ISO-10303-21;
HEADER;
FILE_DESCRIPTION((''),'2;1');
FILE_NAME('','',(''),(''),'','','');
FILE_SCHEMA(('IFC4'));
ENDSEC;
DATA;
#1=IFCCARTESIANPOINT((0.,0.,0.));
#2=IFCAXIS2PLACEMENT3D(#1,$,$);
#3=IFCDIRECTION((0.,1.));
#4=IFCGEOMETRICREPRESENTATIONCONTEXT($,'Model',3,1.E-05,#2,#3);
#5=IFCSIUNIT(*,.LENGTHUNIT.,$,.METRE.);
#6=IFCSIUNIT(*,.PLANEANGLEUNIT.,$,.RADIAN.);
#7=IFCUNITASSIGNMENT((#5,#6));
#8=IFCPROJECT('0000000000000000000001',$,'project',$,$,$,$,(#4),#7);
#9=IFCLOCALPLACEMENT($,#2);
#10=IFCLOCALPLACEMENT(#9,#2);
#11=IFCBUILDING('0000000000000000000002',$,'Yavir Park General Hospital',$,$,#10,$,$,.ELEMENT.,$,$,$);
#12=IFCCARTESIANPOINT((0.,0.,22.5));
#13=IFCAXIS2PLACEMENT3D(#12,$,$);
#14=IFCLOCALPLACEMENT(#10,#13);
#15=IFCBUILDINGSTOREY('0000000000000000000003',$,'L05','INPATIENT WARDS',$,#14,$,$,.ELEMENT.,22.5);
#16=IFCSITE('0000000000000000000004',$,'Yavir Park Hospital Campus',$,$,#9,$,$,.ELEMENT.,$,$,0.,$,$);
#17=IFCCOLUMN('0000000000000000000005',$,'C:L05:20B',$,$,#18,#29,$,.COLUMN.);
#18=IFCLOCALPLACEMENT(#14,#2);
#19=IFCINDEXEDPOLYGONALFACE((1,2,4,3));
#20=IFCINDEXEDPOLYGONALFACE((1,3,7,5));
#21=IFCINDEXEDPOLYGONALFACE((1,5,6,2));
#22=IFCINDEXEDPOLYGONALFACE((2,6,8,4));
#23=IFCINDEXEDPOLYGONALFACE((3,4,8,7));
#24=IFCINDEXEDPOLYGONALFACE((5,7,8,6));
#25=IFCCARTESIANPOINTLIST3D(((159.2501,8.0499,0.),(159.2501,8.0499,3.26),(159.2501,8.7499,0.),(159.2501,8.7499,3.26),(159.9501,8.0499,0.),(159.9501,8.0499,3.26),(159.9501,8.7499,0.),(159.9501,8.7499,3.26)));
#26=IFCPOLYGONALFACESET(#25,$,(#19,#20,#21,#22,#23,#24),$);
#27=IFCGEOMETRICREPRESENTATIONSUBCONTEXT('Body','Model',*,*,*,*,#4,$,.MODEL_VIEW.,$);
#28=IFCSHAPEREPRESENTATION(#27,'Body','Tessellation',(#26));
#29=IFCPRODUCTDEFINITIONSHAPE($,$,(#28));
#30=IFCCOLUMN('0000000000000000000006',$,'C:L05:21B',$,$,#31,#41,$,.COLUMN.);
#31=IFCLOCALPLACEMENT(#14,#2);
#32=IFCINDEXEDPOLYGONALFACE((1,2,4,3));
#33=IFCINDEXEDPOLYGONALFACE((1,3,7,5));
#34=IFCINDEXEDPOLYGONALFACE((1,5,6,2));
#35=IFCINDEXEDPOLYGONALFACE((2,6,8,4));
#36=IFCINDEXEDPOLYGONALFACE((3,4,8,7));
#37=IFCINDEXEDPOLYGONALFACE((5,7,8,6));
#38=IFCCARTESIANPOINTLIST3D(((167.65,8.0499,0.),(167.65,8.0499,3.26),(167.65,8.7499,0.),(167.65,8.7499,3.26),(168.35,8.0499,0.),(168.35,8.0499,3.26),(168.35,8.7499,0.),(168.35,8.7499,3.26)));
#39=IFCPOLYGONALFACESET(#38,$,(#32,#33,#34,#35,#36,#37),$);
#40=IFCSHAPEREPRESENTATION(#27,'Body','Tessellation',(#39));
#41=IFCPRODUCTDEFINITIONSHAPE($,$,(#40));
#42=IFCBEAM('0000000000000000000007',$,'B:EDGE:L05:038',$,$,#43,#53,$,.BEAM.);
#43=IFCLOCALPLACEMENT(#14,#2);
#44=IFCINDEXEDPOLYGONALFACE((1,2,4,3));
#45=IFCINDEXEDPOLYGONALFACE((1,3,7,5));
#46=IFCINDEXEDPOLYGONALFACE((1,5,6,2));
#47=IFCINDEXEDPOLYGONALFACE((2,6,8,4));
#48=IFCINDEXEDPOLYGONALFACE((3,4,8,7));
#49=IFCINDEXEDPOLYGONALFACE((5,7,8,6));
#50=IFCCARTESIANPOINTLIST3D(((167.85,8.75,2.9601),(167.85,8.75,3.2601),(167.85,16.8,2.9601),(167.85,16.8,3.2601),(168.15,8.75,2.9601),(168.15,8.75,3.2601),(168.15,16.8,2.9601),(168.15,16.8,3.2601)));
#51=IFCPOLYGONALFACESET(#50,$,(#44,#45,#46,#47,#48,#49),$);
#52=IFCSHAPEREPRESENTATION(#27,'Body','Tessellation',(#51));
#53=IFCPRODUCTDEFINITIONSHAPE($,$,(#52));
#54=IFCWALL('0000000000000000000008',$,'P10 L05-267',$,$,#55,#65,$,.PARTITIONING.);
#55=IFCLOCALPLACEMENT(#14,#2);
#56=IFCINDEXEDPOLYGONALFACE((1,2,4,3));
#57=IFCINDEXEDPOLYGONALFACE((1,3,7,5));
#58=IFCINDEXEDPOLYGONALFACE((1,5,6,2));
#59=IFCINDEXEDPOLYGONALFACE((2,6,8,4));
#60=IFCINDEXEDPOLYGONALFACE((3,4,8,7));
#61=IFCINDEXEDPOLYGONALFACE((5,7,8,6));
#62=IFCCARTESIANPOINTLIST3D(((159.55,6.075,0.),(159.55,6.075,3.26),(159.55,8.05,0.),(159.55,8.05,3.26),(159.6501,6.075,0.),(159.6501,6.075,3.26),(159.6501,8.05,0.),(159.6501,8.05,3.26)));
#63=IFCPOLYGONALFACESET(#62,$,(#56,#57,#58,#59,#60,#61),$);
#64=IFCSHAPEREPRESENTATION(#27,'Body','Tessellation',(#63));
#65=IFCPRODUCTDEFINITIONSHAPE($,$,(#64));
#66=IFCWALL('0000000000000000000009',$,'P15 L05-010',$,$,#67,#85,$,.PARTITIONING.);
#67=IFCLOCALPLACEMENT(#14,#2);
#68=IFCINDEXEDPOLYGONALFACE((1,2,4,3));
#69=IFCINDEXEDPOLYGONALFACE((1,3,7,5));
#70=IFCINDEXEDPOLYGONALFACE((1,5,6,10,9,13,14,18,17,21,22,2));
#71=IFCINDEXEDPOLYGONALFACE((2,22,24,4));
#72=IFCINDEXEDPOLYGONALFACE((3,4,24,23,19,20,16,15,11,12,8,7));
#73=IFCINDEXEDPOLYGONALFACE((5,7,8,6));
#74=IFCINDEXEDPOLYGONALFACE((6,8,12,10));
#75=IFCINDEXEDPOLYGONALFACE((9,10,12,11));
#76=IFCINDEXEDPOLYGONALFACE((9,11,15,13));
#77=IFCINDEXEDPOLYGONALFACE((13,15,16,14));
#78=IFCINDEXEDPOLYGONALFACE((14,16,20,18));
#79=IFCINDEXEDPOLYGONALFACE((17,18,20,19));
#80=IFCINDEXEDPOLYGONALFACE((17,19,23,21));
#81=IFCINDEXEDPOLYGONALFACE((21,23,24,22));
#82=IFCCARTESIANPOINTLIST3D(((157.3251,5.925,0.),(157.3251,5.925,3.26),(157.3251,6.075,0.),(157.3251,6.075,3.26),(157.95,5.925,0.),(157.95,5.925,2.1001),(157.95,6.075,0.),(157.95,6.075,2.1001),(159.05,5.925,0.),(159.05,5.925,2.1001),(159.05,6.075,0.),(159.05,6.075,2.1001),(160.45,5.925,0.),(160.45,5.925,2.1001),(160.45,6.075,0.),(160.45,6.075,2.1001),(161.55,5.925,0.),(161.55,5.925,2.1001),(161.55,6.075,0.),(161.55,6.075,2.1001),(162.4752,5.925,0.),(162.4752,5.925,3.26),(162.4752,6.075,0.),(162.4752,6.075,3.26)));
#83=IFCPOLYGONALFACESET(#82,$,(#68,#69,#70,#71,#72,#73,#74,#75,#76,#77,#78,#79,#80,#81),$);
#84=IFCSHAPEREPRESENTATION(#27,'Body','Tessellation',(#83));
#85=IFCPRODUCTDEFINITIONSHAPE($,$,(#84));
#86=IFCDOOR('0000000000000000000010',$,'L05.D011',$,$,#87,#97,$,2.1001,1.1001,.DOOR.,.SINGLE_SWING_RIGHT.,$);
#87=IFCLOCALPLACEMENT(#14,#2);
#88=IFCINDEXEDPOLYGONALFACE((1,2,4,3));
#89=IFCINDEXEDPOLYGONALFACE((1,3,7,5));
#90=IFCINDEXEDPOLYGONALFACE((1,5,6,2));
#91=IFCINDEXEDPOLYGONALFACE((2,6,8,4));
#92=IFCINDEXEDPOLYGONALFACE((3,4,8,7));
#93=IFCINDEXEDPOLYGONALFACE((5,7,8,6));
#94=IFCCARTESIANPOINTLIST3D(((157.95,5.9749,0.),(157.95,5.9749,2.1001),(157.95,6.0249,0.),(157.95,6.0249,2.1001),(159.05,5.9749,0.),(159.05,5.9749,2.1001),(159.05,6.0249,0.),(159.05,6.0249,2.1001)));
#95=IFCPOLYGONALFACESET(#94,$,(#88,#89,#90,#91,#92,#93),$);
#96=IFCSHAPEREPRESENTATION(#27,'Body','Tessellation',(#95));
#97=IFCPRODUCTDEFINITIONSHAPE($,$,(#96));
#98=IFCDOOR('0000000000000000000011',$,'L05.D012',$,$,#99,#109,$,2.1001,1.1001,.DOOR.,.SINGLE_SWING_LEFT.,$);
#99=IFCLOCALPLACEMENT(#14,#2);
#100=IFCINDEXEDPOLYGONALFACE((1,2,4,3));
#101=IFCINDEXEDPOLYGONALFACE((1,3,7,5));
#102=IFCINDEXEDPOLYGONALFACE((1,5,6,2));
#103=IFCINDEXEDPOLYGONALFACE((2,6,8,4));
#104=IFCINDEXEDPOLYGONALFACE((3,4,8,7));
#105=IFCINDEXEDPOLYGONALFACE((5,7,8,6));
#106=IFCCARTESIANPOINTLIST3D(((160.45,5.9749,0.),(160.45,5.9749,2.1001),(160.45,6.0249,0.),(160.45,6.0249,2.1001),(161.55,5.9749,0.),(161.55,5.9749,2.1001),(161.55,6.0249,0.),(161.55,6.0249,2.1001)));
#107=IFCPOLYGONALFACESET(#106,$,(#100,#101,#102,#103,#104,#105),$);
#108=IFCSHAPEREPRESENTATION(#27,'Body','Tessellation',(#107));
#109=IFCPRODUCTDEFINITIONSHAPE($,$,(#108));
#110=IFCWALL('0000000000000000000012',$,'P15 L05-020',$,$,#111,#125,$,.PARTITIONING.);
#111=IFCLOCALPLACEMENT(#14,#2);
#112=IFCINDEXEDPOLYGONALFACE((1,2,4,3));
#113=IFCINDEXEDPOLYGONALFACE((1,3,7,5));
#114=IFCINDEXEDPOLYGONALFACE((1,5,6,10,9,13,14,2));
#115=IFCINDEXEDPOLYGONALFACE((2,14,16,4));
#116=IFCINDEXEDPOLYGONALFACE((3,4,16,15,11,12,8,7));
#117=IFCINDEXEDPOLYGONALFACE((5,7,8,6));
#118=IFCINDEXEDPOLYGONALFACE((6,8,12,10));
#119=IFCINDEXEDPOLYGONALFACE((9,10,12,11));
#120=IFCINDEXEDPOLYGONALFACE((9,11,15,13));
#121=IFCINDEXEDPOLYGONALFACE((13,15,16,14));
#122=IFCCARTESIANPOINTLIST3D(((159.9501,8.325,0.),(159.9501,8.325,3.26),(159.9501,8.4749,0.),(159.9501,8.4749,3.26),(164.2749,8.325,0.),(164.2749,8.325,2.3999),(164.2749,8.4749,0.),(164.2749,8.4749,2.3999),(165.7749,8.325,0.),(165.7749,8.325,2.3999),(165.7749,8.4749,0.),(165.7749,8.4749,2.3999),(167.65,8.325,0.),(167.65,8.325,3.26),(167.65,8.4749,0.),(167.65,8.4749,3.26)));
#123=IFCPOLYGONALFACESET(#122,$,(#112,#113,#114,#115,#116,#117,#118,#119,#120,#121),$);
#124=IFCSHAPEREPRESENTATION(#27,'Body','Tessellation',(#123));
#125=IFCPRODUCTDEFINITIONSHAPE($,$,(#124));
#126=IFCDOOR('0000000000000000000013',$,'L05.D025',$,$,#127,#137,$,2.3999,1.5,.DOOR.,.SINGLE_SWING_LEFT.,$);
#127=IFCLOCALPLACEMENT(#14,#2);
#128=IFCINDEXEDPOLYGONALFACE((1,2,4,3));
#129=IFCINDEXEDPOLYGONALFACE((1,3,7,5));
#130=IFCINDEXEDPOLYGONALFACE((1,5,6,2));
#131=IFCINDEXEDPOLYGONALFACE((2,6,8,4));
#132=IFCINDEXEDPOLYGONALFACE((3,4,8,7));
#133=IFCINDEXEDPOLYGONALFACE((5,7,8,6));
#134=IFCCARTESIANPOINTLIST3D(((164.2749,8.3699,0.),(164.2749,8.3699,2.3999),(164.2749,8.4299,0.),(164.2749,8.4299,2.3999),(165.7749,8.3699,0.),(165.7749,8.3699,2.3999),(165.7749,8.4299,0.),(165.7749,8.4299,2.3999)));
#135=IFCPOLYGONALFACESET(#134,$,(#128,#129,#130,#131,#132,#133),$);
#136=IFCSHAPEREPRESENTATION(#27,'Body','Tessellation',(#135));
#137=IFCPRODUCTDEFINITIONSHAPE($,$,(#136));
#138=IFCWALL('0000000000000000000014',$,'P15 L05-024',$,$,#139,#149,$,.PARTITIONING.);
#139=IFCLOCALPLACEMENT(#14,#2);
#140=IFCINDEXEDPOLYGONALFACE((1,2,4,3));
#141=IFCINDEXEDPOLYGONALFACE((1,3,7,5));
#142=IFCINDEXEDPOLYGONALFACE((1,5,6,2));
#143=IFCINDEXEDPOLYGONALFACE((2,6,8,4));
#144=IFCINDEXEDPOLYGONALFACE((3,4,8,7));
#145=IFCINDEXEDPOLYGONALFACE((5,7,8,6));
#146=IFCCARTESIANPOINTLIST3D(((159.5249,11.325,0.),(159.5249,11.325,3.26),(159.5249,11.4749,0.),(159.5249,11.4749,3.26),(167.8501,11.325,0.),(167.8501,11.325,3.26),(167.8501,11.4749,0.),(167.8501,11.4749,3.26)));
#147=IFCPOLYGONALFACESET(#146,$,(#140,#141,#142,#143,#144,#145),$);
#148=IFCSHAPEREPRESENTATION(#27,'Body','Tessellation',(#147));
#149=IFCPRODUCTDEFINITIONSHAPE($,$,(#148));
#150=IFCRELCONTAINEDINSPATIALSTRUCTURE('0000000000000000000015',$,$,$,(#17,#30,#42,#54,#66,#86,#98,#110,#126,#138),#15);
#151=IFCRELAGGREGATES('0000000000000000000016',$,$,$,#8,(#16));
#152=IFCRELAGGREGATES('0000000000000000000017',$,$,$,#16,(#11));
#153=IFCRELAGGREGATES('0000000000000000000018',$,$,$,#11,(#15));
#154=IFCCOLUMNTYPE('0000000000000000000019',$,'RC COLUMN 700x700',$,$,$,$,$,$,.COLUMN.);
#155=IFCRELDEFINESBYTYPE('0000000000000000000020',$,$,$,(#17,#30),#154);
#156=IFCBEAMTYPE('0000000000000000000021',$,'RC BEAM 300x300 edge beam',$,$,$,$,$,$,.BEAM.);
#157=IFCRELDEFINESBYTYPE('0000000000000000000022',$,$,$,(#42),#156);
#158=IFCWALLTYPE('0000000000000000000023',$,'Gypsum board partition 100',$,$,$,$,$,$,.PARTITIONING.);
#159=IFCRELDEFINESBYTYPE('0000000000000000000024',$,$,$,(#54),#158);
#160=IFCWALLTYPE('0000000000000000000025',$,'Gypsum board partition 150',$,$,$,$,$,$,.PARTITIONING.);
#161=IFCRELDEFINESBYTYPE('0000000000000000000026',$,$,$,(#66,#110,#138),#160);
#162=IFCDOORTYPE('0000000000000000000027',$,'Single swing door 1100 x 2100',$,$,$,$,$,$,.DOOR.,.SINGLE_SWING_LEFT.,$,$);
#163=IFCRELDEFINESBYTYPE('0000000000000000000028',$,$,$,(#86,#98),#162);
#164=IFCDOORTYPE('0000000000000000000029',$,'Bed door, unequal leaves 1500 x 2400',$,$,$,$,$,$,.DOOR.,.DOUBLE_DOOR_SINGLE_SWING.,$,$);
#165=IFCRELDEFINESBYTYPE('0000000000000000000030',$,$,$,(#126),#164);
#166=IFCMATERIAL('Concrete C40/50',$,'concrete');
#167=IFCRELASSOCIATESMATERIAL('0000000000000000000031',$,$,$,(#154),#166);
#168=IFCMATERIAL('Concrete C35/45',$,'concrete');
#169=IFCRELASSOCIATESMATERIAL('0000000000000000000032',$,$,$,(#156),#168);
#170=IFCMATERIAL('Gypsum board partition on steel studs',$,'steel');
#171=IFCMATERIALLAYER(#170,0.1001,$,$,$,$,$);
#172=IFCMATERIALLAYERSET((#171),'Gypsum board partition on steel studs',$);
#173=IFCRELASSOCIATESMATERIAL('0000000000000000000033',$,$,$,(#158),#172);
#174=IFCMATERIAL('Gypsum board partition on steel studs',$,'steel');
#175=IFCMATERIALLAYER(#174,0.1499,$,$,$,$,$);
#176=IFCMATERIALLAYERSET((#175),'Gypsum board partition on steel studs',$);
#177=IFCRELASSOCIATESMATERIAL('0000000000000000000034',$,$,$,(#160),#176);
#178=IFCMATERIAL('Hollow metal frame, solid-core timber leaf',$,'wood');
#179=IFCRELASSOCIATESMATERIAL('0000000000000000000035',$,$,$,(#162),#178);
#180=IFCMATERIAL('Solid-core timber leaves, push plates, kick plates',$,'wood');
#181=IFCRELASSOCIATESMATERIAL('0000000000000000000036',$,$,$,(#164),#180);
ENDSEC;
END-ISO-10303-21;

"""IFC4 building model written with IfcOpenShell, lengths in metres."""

from ifc_helpers import new_model, si_unit, direction, frame, frame_2d, origin, origin_2d, place, context, subcontext, project, spatial, rectangle, extrude, material, layer, layer_set, material_profile, profile_set, type_object, element, fill, save


model = new_model("IFC4")

# Units and contexts
model_context = context("Model", 3, precision=1e-05, world=origin(), true_north=direction((0.0, 1.0)))
body_context = subcontext(model_context, "Body", "Model", "MODEL_VIEW")
ifc_project = project(units=[si_unit("LENGTHUNIT", "METRE"), si_unit("PLANEANGLEUNIT", "RADIAN")], contexts=[model_context])

# Site, building, storey
site_placement = place(None, origin())
site = spatial("IfcSite", under=ifc_project, at=site_placement, Name="Yavir Park Hospital Campus", CompositionType="ELEMENT", RefElevation=0.0)
building_placement = place(site_placement, origin())
building = spatial("IfcBuilding", under=site, at=building_placement, Name="Yavir Park General Hospital", CompositionType="ELEMENT")
storey_placement = place(building_placement, frame((0.0, 0.0, 22.5)))
storey = spatial("IfcBuildingStorey", under=building, at=storey_placement, Name="L05", Description="INPATIENT WARDS", CompositionType="ELEMENT", Elevation=22.5)

# Columns
ifc_material_1 = material(Name="Concrete C40/50", Category="concrete")
ifc_material_profile_1 = material_profile(ifc_material_1, rectangle(XDim=0.7, YDim=0.7, at=origin_2d()), Name="RC700x700")
ifc_profile_set_1 = profile_set([ifc_material_profile_1], Name="Concrete C40/50")
column_type = type_object("IfcColumnType", Name="RC COLUMN 700x700", PredefinedType="COLUMN", material=ifc_profile_set_1)
for number, where, z_axis, x_axis, name in (
    (1, (159.6001, 8.3999, 0.0), (0.0, 0.0, 1.0), (1.0, 0.0, 0.0), "C:L05:20B"),
    (2, (168.0, 8.3999, 0.0), (0.0, 0.0, 1.0), (1.0, 0.0, 0.0), "C:L05:21B"),
):
    element("IfcColumn", number, at=place(storey_placement, frame(where, z_axis=z_axis, x_axis=x_axis)), inside=storey, type_object=column_type, Name=name, PredefinedType="COLUMN", context=body_context, shape_type="SweptSolid", body=[
        extrude(rectangle(XDim=0.7, YDim=0.7, at=origin_2d()), origin(), (0.0, 0.0, 1.0), 3.26),
    ])

# Beam
ifc_material_2 = material(Name="Concrete C35/45", Category="concrete")
ifc_material_profile_2 = material_profile(ifc_material_2, rectangle(XDim=0.3, YDim=0.3, at=origin_2d()), Name="RC300x300")
ifc_profile_set_2 = profile_set([ifc_material_profile_2], Name="Concrete C35/45")
beam_type = type_object("IfcBeamType", Name="RC BEAM 300x300 edge beam", PredefinedType="BEAM", material=ifc_profile_set_2)
beam_placement = place(storey_placement, frame((168.0, 8.75, 3.1101), z_axis=(0.0, 1.0, 0.0), x_axis=(-1.0, 0.0, 0.0)))
element("IfcBeam", 3, at=beam_placement, inside=storey, type_object=beam_type, Name="B:EDGE:L05:038", PredefinedType="BEAM", context=body_context, shape_type="SweptSolid", body=[
    extrude(rectangle(XDim=0.3, YDim=0.3, at=origin_2d()), origin(), (0.0, 0.0, 1.0), 8.05),
])

# Wall
ifc_material_3 = material(Name="Gypsum board partition on steel studs", Category="steel")
ifc_layer_1 = layer(ifc_material_3, 0.1001)
ifc_layer_set_1 = layer_set([ifc_layer_1], Name="Gypsum board partition on steel studs")
wall_type_1 = type_object("IfcWallType", Name="Gypsum board partition 100", PredefinedType="PARTITIONING", material=ifc_layer_set_1)
wall_1_placement = place(storey_placement, frame((159.6001, 6.075, 0.0), z_axis=(0.0, 0.0, 1.0), x_axis=(0.0, 1.0, 0.0)))
element("IfcWall", 4, at=wall_1_placement, inside=storey, type_object=wall_type_1, Name="P10 L05-267", PredefinedType="PARTITIONING", context=body_context, shape_type="SweptSolid", body=[
    extrude(rectangle(XDim=1.9751, YDim=0.1001, at=frame_2d((0.9875, 0.0))), origin(), (0.0, 0.0, 1.0), 3.26),
])

# Wall, openings, doors
ifc_material_4 = material(Name="Gypsum board partition on steel studs", Category="steel")
ifc_layer_2 = layer(ifc_material_4, 0.1499)
ifc_layer_set_2 = layer_set([ifc_layer_2], Name="Gypsum board partition on steel studs")
wall_type_2 = type_object("IfcWallType", Name="Gypsum board partition 150", PredefinedType="PARTITIONING", material=ifc_layer_set_2)
wall_2_placement = place(storey_placement, frame((157.325, 6.0, 0.0), z_axis=(0.0, 0.0, 1.0), x_axis=(1.0, 0.0, 0.0)))
wall_2 = element("IfcWall", 5, at=wall_2_placement, inside=storey, type_object=wall_type_2, Name="P15 L05-010", PredefinedType="PARTITIONING", context=body_context, shape_type="SweptSolid", body=[
    extrude(rectangle(XDim=5.1501, YDim=0.1499, at=frame_2d((2.5752, 0.0))), origin(), (0.0, 0.0, 1.0), 3.26),
])
opening_1_placement = place(wall_2_placement, frame((0.625, 0.0, 0.0)))
opening_1 = element("IfcOpeningElement", 6, at=opening_1_placement, cuts=wall_2, PredefinedType="OPENING", context=body_context, shape_type="SweptSolid", body=[
    extrude(rectangle(XDim=1.1001, YDim=2.1001, at=frame_2d((0.55, 1.05))), frame((0.0, 0.085, 0.0), z_axis=(0.0, -1.0, 0.0), x_axis=(1.0, 0.0, 0.0)), (0.0, 0.0, 1.0), 0.1699),
])
opening_2_placement = place(wall_2_placement, frame((3.125, 0.0, 0.0)))
opening_2 = element("IfcOpeningElement", 7, at=opening_2_placement, cuts=wall_2, PredefinedType="OPENING", context=body_context, shape_type="SweptSolid", body=[
    extrude(rectangle(XDim=1.1001, YDim=2.1001, at=frame_2d((0.55, 1.05))), frame((0.0, 0.085, 0.0), z_axis=(0.0, -1.0, 0.0), x_axis=(1.0, 0.0, 0.0)), (0.0, 0.0, 1.0), 0.1699),
])
ifc_material_5 = material(Name="Hollow metal frame, solid-core timber leaf", Category="wood")
door_type_1 = type_object("IfcDoorType", Name="Single swing door 1100 x 2100", OperationType="SINGLE_SWING_LEFT", PredefinedType="DOOR", material=ifc_material_5)
door_1_placement = place(opening_1_placement, origin())
door_1 = element("IfcDoor", 8, at=door_1_placement, inside=storey, type_object=door_type_1, Name="L05.D011", OperationType="SINGLE_SWING_RIGHT", OverallHeight=2.1001, OverallWidth=1.1001, PredefinedType="DOOR", context=body_context, shape_type="SweptSolid", body=[
    extrude(rectangle(XDim=1.1001, YDim=2.1001, at=frame_2d((0.55, 1.05))), frame((0.0, 0.0249, 0.0), z_axis=(0.0, -1.0, 0.0), x_axis=(1.0, 0.0, 0.0)), (0.0, 0.0, 1.0), 0.05),
])
fill(opening_1, door_1)
door_2_placement = place(opening_2_placement, origin())
door_2 = element("IfcDoor", 9, at=door_2_placement, inside=storey, type_object=door_type_1, Name="L05.D012", OperationType="SINGLE_SWING_LEFT", OverallHeight=2.1001, OverallWidth=1.1001, PredefinedType="DOOR", context=body_context, shape_type="SweptSolid", body=[
    extrude(rectangle(XDim=1.1001, YDim=2.1001, at=frame_2d((0.55, 1.05))), frame((0.0, 0.0249, 0.0), z_axis=(0.0, -1.0, 0.0), x_axis=(1.0, 0.0, 0.0)), (0.0, 0.0, 1.0), 0.05),
])
fill(opening_2, door_2)

# Wall, opening, door
ifc_material_6 = material(Name="Solid-core timber leaves, push plates, kick plates", Category="wood")
door_type_2 = type_object("IfcDoorType", Name="Bed door, unequal leaves 1500 x 2400", OperationType="DOUBLE_DOOR_SINGLE_SWING", PredefinedType="DOOR", material=ifc_material_6)
wall_3_placement = place(storey_placement, frame((159.95, 8.3999, 0.0), z_axis=(0.0, 0.0, 1.0), x_axis=(1.0, 0.0, 0.0)))
wall_3 = element("IfcWall", 10, at=wall_3_placement, inside=storey, type_object=wall_type_2, Name="P15 L05-020", PredefinedType="PARTITIONING", context=body_context, shape_type="SweptSolid", body=[
    extrude(rectangle(XDim=7.7, YDim=0.1499, at=frame_2d((3.8501, 0.0))), origin(), (0.0, 0.0, 1.0), 3.26),
])
opening_3_placement = place(wall_3_placement, frame((4.325, 0.0, 0.0)))
opening_3 = element("IfcOpeningElement", 11, at=opening_3_placement, cuts=wall_3, PredefinedType="OPENING", context=body_context, shape_type="SweptSolid", body=[
    extrude(rectangle(XDim=1.5, YDim=2.3999, at=frame_2d((0.75, 1.2))), frame((0.0, 0.085, 0.0), z_axis=(0.0, -1.0, 0.0), x_axis=(1.0, 0.0, 0.0)), (0.0, 0.0, 1.0), 0.1699),
])
door_3_placement = place(opening_3_placement, origin())
door_3 = element("IfcDoor", 12, at=door_3_placement, inside=storey, type_object=door_type_2, Name="L05.D025", OperationType="SINGLE_SWING_LEFT", OverallHeight=2.3999, OverallWidth=1.5, PredefinedType="DOOR", context=body_context, shape_type="SweptSolid", body=[
    extrude(rectangle(XDim=1.5, YDim=2.3999, at=frame_2d((0.75, 1.2))), frame((0.0, 0.03, 0.0), z_axis=(0.0, -1.0, 0.0), x_axis=(1.0, 0.0, 0.0)), (0.0, 0.0, 1.0), 0.0601),
])
fill(opening_3, door_3)

# Wall
wall_4_placement = place(storey_placement, frame((159.5249, 11.3999, 0.0), z_axis=(0.0, 0.0, 1.0), x_axis=(1.0, 0.0, 0.0)))
element("IfcWall", 13, at=wall_4_placement, inside=storey, type_object=wall_type_2, Name="P15 L05-024", PredefinedType="PARTITIONING", context=body_context, shape_type="SweptSolid", body=[
    extrude(rectangle(XDim=8.3252, YDim=0.1499, at=frame_2d((4.1626, 0.0))), origin(), (0.0, 0.0, 1.0), 3.26),
])

save(model, "model.ifc")
